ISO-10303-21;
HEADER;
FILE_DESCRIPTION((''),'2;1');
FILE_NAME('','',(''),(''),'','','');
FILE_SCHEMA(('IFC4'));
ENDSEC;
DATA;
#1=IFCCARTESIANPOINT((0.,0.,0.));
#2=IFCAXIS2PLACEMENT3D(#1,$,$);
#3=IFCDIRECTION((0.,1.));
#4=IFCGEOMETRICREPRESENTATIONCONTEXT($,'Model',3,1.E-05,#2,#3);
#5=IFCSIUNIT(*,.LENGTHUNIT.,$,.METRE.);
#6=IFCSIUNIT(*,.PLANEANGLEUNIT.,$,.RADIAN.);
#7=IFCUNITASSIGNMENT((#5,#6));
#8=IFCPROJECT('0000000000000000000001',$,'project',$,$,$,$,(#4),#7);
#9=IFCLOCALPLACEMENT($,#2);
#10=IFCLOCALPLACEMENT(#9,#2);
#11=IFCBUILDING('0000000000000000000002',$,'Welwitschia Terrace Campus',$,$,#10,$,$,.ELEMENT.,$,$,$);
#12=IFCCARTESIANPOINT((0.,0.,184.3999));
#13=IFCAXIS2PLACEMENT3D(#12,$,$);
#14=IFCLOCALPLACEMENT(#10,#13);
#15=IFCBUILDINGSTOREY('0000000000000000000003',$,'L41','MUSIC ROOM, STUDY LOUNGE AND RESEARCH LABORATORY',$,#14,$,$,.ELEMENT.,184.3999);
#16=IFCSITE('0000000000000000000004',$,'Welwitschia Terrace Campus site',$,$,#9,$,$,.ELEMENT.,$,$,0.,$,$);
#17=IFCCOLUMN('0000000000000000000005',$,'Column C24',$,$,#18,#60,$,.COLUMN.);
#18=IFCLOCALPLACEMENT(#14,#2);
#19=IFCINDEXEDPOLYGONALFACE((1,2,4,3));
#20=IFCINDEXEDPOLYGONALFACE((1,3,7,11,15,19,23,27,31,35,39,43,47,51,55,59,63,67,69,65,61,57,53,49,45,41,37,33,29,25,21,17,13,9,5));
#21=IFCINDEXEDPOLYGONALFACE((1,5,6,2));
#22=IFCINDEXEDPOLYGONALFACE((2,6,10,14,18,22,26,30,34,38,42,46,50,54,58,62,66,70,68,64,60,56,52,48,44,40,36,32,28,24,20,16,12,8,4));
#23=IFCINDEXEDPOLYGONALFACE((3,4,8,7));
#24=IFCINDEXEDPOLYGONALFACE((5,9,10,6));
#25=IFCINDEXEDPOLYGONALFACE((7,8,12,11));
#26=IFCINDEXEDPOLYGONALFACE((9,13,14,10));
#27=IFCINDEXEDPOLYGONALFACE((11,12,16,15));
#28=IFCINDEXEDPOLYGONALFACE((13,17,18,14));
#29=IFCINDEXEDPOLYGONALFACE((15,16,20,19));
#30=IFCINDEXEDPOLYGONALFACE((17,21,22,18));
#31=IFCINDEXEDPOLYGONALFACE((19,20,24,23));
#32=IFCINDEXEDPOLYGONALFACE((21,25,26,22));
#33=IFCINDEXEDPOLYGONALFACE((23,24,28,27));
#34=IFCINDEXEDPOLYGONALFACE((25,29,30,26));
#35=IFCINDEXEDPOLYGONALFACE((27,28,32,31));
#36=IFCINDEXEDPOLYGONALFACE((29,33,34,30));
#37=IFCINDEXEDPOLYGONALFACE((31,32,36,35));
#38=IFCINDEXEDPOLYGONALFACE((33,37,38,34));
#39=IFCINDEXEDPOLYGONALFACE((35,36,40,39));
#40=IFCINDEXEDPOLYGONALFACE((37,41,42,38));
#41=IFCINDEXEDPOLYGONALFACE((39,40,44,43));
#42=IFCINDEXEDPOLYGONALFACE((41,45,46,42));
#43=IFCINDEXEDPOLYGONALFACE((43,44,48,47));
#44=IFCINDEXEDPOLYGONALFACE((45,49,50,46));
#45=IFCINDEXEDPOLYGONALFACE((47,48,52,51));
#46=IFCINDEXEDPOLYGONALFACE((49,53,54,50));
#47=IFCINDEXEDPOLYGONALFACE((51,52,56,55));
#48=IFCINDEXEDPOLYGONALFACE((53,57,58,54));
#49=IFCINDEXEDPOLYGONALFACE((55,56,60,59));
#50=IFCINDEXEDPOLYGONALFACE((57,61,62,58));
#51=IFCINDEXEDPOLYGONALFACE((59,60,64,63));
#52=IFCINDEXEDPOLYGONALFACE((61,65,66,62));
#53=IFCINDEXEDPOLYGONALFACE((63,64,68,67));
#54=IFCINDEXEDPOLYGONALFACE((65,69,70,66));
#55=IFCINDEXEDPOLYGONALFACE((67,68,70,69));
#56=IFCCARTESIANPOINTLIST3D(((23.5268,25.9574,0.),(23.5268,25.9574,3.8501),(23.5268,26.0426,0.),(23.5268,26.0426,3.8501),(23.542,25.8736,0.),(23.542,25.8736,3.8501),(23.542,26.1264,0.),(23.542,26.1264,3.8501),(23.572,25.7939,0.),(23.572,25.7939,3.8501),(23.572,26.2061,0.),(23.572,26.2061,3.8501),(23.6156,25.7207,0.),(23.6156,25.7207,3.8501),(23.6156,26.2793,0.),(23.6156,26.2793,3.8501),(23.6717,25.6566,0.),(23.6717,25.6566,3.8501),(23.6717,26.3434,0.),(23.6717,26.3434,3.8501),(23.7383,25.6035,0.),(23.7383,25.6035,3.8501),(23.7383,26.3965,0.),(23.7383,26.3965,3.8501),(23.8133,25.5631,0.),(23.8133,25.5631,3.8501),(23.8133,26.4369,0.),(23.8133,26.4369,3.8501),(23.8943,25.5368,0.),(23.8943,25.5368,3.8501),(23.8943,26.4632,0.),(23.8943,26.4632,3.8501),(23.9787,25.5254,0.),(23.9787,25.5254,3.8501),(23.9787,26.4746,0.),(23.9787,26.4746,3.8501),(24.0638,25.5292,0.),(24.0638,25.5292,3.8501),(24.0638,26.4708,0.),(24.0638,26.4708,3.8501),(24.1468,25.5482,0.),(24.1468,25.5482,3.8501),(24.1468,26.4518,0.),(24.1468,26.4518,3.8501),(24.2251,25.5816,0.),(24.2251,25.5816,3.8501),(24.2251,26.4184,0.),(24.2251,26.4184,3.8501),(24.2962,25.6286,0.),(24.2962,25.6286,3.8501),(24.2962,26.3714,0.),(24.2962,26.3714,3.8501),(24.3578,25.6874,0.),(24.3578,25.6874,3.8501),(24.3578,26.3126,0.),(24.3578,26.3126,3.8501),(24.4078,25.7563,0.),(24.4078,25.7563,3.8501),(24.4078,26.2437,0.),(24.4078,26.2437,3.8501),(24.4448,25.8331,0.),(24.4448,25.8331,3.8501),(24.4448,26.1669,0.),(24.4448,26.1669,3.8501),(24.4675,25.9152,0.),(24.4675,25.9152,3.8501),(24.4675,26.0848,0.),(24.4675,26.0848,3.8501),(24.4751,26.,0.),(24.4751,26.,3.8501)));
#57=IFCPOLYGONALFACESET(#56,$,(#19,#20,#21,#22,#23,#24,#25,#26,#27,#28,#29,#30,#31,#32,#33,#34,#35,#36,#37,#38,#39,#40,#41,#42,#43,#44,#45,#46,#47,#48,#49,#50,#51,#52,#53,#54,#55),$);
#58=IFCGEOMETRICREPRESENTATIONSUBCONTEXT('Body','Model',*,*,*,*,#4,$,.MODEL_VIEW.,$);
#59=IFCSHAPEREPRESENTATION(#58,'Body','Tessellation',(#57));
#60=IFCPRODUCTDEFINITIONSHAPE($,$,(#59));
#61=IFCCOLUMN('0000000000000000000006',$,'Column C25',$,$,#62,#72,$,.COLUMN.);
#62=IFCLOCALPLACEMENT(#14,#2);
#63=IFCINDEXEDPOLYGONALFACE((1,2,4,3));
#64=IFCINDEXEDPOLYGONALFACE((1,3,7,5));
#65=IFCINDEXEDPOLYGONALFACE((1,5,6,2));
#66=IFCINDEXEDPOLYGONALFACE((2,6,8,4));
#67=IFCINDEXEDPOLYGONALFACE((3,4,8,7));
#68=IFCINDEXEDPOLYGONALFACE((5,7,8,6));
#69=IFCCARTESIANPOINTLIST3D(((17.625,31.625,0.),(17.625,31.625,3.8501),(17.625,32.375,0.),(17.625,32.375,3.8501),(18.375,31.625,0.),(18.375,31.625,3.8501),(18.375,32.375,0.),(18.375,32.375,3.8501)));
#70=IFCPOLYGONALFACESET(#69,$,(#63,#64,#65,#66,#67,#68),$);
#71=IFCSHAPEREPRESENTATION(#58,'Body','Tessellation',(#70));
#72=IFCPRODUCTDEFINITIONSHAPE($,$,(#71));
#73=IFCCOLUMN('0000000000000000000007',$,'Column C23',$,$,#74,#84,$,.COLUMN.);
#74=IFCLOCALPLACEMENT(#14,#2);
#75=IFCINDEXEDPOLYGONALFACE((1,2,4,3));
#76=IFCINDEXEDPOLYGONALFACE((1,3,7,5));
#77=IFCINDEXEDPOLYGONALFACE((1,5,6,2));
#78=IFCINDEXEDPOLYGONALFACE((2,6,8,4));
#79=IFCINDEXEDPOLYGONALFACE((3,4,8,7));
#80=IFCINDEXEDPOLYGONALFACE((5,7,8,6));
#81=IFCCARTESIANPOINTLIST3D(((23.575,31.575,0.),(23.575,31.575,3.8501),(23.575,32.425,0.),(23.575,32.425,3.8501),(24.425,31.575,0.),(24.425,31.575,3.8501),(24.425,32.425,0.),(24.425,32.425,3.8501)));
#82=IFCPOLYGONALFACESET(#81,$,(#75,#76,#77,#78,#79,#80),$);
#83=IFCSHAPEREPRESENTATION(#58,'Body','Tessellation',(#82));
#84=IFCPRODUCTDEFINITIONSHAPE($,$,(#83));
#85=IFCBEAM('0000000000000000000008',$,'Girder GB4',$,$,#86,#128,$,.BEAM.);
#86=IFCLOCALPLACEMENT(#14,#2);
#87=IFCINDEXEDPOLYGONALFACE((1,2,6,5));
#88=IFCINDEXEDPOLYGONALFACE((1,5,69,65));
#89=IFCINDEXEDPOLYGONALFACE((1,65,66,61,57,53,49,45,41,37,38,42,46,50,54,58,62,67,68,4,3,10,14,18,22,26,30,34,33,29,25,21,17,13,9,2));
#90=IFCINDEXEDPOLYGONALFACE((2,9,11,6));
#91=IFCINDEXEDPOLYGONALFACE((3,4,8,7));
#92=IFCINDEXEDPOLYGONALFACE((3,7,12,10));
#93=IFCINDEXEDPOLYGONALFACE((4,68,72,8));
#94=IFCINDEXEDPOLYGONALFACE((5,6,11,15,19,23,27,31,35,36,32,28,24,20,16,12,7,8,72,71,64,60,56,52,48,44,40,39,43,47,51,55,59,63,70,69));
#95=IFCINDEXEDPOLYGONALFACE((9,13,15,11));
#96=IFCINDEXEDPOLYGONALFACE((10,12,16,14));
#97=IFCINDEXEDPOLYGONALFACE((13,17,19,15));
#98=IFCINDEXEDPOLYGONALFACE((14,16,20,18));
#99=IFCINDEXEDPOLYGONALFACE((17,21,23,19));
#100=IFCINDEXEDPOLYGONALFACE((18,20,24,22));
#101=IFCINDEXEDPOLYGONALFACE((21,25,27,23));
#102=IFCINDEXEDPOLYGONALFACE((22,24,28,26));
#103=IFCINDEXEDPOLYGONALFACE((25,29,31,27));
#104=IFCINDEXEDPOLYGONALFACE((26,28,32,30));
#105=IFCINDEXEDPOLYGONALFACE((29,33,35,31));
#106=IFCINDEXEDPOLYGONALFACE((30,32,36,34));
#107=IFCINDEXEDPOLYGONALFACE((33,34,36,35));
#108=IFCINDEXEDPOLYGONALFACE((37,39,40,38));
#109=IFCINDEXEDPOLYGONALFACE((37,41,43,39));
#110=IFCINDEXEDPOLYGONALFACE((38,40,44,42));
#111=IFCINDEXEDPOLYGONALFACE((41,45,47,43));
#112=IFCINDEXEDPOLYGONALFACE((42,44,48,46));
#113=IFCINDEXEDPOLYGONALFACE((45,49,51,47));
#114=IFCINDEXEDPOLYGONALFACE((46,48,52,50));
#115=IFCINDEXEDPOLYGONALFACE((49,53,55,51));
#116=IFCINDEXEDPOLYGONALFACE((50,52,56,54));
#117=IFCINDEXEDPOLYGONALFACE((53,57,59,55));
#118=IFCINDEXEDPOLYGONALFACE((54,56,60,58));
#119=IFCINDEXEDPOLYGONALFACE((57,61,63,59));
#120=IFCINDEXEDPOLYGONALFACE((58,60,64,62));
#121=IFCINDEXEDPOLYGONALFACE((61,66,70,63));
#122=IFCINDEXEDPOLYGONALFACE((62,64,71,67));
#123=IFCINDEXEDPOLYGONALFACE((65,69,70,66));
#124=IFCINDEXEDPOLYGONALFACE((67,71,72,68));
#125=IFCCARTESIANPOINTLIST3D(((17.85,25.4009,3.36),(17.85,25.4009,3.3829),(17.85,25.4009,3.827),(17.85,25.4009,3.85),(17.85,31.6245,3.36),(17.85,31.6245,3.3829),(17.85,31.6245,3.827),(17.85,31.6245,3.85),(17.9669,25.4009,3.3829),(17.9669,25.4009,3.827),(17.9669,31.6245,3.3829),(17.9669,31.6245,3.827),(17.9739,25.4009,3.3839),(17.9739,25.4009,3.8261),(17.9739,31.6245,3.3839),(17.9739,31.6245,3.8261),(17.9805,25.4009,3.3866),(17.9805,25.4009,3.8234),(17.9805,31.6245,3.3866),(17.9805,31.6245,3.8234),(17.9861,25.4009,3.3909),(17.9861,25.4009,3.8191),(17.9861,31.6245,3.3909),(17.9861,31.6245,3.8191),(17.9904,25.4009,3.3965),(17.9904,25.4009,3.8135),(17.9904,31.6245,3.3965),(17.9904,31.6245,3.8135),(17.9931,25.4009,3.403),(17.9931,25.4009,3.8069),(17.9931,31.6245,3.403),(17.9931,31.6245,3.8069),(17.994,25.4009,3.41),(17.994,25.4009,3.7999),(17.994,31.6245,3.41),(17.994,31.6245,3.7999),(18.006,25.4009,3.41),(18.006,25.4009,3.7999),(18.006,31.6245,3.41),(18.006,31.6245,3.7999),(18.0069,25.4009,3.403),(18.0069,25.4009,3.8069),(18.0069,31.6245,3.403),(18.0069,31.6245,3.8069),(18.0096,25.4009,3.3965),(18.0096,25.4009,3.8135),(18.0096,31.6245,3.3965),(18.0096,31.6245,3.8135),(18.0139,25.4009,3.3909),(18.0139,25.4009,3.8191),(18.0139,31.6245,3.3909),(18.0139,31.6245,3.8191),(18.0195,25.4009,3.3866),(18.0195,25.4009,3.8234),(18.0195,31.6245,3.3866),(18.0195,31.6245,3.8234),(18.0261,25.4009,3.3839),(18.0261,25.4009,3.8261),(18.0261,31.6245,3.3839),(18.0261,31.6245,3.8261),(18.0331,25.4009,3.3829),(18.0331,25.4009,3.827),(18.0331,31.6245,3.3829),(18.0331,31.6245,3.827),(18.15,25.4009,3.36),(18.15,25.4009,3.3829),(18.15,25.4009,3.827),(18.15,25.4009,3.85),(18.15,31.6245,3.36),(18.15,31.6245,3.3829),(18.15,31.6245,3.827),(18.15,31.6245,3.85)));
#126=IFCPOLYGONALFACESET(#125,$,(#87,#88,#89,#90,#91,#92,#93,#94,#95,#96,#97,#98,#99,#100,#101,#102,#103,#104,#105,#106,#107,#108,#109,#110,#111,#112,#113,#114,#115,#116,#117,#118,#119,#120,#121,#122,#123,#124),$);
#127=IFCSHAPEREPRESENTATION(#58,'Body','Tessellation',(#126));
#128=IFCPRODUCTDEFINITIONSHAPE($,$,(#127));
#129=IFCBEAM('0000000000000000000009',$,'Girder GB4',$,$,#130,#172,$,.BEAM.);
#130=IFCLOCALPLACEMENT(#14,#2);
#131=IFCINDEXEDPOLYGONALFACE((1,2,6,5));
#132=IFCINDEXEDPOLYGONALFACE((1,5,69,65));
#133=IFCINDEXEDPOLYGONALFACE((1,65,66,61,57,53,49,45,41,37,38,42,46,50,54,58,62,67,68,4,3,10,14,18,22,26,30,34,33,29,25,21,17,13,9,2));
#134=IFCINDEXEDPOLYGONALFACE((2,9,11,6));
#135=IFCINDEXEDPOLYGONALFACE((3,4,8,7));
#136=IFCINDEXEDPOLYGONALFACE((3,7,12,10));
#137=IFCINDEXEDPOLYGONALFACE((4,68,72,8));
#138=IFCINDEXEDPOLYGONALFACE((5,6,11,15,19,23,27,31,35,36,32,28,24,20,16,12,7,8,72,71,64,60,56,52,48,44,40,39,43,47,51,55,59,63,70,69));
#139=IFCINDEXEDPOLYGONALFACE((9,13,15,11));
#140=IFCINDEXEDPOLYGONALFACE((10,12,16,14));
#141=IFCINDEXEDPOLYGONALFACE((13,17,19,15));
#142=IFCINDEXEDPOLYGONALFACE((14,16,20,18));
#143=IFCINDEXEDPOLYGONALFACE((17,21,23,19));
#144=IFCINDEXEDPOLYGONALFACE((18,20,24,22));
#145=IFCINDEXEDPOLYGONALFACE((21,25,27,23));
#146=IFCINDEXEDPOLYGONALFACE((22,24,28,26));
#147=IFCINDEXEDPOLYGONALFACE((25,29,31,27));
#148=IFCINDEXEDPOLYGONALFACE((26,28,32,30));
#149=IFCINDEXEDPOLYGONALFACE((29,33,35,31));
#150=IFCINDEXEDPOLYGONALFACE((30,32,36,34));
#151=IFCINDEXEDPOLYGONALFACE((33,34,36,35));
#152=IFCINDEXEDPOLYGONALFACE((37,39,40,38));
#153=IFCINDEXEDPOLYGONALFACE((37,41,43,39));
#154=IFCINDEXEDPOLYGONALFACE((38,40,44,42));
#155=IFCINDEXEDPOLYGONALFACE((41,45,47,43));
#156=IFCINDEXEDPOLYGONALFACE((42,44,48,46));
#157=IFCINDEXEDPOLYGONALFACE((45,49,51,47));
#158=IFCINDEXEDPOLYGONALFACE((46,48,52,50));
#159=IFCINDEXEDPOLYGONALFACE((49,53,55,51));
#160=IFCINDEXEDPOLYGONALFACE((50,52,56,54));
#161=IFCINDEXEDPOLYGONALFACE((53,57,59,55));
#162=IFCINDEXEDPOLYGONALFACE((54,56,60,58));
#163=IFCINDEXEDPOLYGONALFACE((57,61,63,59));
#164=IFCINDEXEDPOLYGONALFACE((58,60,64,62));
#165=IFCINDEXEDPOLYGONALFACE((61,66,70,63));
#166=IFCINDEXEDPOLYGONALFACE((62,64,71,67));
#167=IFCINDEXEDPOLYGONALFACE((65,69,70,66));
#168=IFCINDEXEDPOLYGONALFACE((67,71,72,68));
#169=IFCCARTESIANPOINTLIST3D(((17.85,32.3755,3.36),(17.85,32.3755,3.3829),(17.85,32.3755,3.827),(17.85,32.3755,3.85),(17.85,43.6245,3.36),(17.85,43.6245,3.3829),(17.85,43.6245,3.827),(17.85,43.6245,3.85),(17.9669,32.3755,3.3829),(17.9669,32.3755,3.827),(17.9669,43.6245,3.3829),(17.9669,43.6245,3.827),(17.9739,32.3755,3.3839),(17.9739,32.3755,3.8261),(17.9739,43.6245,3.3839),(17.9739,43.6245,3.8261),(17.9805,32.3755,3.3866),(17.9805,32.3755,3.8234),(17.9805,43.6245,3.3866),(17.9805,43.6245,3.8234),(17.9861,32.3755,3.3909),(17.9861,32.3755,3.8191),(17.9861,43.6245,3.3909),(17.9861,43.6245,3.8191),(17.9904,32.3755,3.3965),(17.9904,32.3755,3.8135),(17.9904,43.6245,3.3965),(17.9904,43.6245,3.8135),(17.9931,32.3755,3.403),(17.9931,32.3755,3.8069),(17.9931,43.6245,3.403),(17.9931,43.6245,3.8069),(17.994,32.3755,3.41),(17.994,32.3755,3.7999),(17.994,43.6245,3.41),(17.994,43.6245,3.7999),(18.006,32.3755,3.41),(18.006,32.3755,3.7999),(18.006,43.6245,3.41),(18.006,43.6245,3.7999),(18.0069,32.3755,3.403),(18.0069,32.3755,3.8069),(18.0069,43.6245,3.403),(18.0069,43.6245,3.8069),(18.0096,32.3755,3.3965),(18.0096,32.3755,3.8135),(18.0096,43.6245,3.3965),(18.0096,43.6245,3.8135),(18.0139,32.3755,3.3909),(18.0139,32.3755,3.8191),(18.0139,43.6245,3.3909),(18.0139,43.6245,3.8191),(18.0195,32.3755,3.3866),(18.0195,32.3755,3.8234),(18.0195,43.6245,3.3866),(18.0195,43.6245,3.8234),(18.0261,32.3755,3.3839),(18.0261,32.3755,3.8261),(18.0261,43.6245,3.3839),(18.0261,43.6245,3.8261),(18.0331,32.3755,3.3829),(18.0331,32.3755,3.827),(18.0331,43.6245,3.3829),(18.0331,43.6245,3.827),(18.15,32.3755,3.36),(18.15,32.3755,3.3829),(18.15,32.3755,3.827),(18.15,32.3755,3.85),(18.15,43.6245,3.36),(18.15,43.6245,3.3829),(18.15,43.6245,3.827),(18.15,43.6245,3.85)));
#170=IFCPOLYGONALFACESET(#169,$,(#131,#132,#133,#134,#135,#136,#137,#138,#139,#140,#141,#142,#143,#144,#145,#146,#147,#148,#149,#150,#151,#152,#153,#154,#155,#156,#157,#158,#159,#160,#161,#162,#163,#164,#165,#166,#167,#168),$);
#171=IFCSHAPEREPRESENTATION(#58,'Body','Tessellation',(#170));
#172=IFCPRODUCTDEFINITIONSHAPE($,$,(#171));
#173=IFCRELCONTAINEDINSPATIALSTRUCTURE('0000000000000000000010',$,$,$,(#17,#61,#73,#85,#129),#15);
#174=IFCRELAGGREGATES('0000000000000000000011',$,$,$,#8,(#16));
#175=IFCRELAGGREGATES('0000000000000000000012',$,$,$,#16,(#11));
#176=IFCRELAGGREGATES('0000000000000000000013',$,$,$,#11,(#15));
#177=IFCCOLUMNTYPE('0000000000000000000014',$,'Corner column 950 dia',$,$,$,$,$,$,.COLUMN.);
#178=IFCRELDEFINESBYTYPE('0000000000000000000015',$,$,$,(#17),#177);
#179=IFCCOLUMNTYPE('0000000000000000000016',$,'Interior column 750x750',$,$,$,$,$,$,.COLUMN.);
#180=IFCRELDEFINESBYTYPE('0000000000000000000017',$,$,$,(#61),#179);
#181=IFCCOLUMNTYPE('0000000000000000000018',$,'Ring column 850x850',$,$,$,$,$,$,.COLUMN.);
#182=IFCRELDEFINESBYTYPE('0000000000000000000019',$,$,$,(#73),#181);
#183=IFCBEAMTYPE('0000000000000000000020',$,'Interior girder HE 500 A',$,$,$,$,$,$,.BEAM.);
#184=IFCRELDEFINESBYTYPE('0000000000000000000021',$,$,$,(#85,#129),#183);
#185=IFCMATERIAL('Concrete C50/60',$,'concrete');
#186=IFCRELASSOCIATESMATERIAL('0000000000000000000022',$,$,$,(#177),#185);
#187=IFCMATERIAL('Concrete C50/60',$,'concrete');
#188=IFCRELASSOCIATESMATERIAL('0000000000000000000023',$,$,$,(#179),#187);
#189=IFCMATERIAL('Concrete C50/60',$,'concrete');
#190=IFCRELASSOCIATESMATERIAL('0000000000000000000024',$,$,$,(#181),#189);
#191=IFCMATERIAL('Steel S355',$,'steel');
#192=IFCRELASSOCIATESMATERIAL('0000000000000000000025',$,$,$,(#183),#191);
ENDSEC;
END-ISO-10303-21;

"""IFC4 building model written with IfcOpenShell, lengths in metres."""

from ifc_helpers import new_model, si_unit, direction, frame, origin, origin_2d, place, context, subcontext, project, spatial, rectangle, circle, i_section, extrude, material, material_profile, profile_set, type_object, element, save


model = new_model("IFC4")

# Units and contexts
model_context = context("Model", 3, precision=1e-05, world=origin(), true_north=direction((0.0, 1.0)))
body_context = subcontext(model_context, "Body", "Model", "MODEL_VIEW")
ifc_project = project(units=[si_unit("LENGTHUNIT", "METRE"), si_unit("PLANEANGLEUNIT", "RADIAN")], contexts=[model_context])

# Site, building, storey
site_placement = place(None, origin())
site = spatial("IfcSite", under=ifc_project, at=site_placement, Name="Welwitschia Terrace Campus site", CompositionType="ELEMENT", RefElevation=0.0)
building_placement = place(site_placement, origin())
building = spatial("IfcBuilding", under=site, at=building_placement, Name="Welwitschia Terrace Campus", CompositionType="ELEMENT")
storey_placement = place(building_placement, frame((0.0, 0.0, 184.3999)))
storey = spatial("IfcBuildingStorey", under=building, at=storey_placement, Name="L41", Description="MUSIC ROOM, STUDY LOUNGE AND RESEARCH LABORATORY", CompositionType="ELEMENT", Elevation=184.3999)

# Columns
ifc_material_1 = material(Name="Concrete C50/60", Category="concrete")
ifc_material_profile_1 = material_profile(ifc_material_1, circle(Radius=0.4751, at=origin_2d()))
ifc_profile_set_1 = profile_set([ifc_material_profile_1], Name="Concrete C50/60")
column_type_1 = type_object("IfcColumnType", Name="Corner column 950 dia", PredefinedType="COLUMN", material=ifc_profile_set_1)
column_1_placement = place(storey_placement, frame((24.0, 26.0, 0.0), z_axis=(0.0, 0.0, 1.0), x_axis=(1.0, 0.0, 0.0)))
element("IfcColumn", 1, at=column_1_placement, inside=storey, type_object=column_type_1, Name="Column C24", PredefinedType="COLUMN", context=body_context, shape_type="SweptSolid", body=[
    extrude(circle(Radius=0.4751, at=origin_2d()), origin(), (0.0, 0.0, 1.0), 3.8501),
])
ifc_material_2 = material(Name="Concrete C50/60", Category="concrete")
ifc_material_profile_2 = material_profile(ifc_material_2, rectangle(XDim=0.75, YDim=0.75, at=origin_2d()))
ifc_profile_set_2 = profile_set([ifc_material_profile_2], Name="Concrete C50/60")
column_type_2 = type_object("IfcColumnType", Name="Interior column 750x750", PredefinedType="COLUMN", material=ifc_profile_set_2)
column_2_placement = place(storey_placement, frame((18.0, 32.0, 0.0), z_axis=(0.0, 0.0, 1.0), x_axis=(1.0, 0.0, 0.0)))
element("IfcColumn", 2, at=column_2_placement, inside=storey, type_object=column_type_2, Name="Column C25", PredefinedType="COLUMN", context=body_context, shape_type="SweptSolid", body=[
    extrude(rectangle(XDim=0.75, YDim=0.75, at=origin_2d()), origin(), (0.0, 0.0, 1.0), 3.8501),
])
ifc_material_3 = material(Name="Concrete C50/60", Category="concrete")
ifc_material_profile_3 = material_profile(ifc_material_3, rectangle(XDim=0.8501, YDim=0.8501, at=origin_2d()))
ifc_profile_set_3 = profile_set([ifc_material_profile_3], Name="Concrete C50/60")
column_type_3 = type_object("IfcColumnType", Name="Ring column 850x850", PredefinedType="COLUMN", material=ifc_profile_set_3)
column_3_placement = place(storey_placement, frame((24.0, 32.0, 0.0), z_axis=(0.0, 0.0, 1.0), x_axis=(1.0, 0.0, 0.0)))
element("IfcColumn", 3, at=column_3_placement, inside=storey, type_object=column_type_3, Name="Column C23", PredefinedType="COLUMN", context=body_context, shape_type="SweptSolid", body=[
    extrude(rectangle(XDim=0.8501, YDim=0.8501, at=origin_2d()), origin(), (0.0, 0.0, 1.0), 3.8501),
])

# Beams
ifc_material_4 = material(Name="Steel S355", Category="steel")
ifc_material_profile_4 = material_profile(ifc_material_4, i_section(OverallWidth=0.3, OverallDepth=0.49, WebThickness=0.012, FlangeThickness=0.0229, FilletRadius=0.0271, at=origin_2d()))
ifc_profile_set_4 = profile_set([ifc_material_profile_4], Name="Steel S355")
beam_type_1 = type_object("IfcBeamType", Name="Interior girder HE 500 A", PredefinedType="BEAM", material=ifc_profile_set_4)
beam_1_placement = place(storey_placement, frame((18.0, 25.4009, 3.605), z_axis=(0.0, 1.0, 0.0), x_axis=(-1.0, 0.0, 0.0)))
element("IfcBeam", 4, at=beam_1_placement, inside=storey, type_object=beam_type_1, Name="Girder GB4", PredefinedType="BEAM", context=body_context, shape_type="SweptSolid", body=[
    extrude(i_section(OverallWidth=0.3, OverallDepth=0.49, WebThickness=0.012, FlangeThickness=0.0229, FilletRadius=0.0271, at=origin_2d()), origin(), (0.0, 0.0, 1.0), 6.2236),
])
beam_2_placement = place(storey_placement, frame((18.0, 32.3755, 3.605), z_axis=(0.0, 1.0, 0.0), x_axis=(-1.0, 0.0, 0.0)))
element("IfcBeam", 5, at=beam_2_placement, inside=storey, type_object=beam_type_1, Name="Girder GB4", PredefinedType="BEAM", context=body_context, shape_type="SweptSolid", body=[
    extrude(i_section(OverallWidth=0.3, OverallDepth=0.49, WebThickness=0.012, FlangeThickness=0.0229, FilletRadius=0.0271, at=origin_2d()), origin(), (0.0, 0.0, 1.0), 11.249),
])

save(model, "model.ifc")
